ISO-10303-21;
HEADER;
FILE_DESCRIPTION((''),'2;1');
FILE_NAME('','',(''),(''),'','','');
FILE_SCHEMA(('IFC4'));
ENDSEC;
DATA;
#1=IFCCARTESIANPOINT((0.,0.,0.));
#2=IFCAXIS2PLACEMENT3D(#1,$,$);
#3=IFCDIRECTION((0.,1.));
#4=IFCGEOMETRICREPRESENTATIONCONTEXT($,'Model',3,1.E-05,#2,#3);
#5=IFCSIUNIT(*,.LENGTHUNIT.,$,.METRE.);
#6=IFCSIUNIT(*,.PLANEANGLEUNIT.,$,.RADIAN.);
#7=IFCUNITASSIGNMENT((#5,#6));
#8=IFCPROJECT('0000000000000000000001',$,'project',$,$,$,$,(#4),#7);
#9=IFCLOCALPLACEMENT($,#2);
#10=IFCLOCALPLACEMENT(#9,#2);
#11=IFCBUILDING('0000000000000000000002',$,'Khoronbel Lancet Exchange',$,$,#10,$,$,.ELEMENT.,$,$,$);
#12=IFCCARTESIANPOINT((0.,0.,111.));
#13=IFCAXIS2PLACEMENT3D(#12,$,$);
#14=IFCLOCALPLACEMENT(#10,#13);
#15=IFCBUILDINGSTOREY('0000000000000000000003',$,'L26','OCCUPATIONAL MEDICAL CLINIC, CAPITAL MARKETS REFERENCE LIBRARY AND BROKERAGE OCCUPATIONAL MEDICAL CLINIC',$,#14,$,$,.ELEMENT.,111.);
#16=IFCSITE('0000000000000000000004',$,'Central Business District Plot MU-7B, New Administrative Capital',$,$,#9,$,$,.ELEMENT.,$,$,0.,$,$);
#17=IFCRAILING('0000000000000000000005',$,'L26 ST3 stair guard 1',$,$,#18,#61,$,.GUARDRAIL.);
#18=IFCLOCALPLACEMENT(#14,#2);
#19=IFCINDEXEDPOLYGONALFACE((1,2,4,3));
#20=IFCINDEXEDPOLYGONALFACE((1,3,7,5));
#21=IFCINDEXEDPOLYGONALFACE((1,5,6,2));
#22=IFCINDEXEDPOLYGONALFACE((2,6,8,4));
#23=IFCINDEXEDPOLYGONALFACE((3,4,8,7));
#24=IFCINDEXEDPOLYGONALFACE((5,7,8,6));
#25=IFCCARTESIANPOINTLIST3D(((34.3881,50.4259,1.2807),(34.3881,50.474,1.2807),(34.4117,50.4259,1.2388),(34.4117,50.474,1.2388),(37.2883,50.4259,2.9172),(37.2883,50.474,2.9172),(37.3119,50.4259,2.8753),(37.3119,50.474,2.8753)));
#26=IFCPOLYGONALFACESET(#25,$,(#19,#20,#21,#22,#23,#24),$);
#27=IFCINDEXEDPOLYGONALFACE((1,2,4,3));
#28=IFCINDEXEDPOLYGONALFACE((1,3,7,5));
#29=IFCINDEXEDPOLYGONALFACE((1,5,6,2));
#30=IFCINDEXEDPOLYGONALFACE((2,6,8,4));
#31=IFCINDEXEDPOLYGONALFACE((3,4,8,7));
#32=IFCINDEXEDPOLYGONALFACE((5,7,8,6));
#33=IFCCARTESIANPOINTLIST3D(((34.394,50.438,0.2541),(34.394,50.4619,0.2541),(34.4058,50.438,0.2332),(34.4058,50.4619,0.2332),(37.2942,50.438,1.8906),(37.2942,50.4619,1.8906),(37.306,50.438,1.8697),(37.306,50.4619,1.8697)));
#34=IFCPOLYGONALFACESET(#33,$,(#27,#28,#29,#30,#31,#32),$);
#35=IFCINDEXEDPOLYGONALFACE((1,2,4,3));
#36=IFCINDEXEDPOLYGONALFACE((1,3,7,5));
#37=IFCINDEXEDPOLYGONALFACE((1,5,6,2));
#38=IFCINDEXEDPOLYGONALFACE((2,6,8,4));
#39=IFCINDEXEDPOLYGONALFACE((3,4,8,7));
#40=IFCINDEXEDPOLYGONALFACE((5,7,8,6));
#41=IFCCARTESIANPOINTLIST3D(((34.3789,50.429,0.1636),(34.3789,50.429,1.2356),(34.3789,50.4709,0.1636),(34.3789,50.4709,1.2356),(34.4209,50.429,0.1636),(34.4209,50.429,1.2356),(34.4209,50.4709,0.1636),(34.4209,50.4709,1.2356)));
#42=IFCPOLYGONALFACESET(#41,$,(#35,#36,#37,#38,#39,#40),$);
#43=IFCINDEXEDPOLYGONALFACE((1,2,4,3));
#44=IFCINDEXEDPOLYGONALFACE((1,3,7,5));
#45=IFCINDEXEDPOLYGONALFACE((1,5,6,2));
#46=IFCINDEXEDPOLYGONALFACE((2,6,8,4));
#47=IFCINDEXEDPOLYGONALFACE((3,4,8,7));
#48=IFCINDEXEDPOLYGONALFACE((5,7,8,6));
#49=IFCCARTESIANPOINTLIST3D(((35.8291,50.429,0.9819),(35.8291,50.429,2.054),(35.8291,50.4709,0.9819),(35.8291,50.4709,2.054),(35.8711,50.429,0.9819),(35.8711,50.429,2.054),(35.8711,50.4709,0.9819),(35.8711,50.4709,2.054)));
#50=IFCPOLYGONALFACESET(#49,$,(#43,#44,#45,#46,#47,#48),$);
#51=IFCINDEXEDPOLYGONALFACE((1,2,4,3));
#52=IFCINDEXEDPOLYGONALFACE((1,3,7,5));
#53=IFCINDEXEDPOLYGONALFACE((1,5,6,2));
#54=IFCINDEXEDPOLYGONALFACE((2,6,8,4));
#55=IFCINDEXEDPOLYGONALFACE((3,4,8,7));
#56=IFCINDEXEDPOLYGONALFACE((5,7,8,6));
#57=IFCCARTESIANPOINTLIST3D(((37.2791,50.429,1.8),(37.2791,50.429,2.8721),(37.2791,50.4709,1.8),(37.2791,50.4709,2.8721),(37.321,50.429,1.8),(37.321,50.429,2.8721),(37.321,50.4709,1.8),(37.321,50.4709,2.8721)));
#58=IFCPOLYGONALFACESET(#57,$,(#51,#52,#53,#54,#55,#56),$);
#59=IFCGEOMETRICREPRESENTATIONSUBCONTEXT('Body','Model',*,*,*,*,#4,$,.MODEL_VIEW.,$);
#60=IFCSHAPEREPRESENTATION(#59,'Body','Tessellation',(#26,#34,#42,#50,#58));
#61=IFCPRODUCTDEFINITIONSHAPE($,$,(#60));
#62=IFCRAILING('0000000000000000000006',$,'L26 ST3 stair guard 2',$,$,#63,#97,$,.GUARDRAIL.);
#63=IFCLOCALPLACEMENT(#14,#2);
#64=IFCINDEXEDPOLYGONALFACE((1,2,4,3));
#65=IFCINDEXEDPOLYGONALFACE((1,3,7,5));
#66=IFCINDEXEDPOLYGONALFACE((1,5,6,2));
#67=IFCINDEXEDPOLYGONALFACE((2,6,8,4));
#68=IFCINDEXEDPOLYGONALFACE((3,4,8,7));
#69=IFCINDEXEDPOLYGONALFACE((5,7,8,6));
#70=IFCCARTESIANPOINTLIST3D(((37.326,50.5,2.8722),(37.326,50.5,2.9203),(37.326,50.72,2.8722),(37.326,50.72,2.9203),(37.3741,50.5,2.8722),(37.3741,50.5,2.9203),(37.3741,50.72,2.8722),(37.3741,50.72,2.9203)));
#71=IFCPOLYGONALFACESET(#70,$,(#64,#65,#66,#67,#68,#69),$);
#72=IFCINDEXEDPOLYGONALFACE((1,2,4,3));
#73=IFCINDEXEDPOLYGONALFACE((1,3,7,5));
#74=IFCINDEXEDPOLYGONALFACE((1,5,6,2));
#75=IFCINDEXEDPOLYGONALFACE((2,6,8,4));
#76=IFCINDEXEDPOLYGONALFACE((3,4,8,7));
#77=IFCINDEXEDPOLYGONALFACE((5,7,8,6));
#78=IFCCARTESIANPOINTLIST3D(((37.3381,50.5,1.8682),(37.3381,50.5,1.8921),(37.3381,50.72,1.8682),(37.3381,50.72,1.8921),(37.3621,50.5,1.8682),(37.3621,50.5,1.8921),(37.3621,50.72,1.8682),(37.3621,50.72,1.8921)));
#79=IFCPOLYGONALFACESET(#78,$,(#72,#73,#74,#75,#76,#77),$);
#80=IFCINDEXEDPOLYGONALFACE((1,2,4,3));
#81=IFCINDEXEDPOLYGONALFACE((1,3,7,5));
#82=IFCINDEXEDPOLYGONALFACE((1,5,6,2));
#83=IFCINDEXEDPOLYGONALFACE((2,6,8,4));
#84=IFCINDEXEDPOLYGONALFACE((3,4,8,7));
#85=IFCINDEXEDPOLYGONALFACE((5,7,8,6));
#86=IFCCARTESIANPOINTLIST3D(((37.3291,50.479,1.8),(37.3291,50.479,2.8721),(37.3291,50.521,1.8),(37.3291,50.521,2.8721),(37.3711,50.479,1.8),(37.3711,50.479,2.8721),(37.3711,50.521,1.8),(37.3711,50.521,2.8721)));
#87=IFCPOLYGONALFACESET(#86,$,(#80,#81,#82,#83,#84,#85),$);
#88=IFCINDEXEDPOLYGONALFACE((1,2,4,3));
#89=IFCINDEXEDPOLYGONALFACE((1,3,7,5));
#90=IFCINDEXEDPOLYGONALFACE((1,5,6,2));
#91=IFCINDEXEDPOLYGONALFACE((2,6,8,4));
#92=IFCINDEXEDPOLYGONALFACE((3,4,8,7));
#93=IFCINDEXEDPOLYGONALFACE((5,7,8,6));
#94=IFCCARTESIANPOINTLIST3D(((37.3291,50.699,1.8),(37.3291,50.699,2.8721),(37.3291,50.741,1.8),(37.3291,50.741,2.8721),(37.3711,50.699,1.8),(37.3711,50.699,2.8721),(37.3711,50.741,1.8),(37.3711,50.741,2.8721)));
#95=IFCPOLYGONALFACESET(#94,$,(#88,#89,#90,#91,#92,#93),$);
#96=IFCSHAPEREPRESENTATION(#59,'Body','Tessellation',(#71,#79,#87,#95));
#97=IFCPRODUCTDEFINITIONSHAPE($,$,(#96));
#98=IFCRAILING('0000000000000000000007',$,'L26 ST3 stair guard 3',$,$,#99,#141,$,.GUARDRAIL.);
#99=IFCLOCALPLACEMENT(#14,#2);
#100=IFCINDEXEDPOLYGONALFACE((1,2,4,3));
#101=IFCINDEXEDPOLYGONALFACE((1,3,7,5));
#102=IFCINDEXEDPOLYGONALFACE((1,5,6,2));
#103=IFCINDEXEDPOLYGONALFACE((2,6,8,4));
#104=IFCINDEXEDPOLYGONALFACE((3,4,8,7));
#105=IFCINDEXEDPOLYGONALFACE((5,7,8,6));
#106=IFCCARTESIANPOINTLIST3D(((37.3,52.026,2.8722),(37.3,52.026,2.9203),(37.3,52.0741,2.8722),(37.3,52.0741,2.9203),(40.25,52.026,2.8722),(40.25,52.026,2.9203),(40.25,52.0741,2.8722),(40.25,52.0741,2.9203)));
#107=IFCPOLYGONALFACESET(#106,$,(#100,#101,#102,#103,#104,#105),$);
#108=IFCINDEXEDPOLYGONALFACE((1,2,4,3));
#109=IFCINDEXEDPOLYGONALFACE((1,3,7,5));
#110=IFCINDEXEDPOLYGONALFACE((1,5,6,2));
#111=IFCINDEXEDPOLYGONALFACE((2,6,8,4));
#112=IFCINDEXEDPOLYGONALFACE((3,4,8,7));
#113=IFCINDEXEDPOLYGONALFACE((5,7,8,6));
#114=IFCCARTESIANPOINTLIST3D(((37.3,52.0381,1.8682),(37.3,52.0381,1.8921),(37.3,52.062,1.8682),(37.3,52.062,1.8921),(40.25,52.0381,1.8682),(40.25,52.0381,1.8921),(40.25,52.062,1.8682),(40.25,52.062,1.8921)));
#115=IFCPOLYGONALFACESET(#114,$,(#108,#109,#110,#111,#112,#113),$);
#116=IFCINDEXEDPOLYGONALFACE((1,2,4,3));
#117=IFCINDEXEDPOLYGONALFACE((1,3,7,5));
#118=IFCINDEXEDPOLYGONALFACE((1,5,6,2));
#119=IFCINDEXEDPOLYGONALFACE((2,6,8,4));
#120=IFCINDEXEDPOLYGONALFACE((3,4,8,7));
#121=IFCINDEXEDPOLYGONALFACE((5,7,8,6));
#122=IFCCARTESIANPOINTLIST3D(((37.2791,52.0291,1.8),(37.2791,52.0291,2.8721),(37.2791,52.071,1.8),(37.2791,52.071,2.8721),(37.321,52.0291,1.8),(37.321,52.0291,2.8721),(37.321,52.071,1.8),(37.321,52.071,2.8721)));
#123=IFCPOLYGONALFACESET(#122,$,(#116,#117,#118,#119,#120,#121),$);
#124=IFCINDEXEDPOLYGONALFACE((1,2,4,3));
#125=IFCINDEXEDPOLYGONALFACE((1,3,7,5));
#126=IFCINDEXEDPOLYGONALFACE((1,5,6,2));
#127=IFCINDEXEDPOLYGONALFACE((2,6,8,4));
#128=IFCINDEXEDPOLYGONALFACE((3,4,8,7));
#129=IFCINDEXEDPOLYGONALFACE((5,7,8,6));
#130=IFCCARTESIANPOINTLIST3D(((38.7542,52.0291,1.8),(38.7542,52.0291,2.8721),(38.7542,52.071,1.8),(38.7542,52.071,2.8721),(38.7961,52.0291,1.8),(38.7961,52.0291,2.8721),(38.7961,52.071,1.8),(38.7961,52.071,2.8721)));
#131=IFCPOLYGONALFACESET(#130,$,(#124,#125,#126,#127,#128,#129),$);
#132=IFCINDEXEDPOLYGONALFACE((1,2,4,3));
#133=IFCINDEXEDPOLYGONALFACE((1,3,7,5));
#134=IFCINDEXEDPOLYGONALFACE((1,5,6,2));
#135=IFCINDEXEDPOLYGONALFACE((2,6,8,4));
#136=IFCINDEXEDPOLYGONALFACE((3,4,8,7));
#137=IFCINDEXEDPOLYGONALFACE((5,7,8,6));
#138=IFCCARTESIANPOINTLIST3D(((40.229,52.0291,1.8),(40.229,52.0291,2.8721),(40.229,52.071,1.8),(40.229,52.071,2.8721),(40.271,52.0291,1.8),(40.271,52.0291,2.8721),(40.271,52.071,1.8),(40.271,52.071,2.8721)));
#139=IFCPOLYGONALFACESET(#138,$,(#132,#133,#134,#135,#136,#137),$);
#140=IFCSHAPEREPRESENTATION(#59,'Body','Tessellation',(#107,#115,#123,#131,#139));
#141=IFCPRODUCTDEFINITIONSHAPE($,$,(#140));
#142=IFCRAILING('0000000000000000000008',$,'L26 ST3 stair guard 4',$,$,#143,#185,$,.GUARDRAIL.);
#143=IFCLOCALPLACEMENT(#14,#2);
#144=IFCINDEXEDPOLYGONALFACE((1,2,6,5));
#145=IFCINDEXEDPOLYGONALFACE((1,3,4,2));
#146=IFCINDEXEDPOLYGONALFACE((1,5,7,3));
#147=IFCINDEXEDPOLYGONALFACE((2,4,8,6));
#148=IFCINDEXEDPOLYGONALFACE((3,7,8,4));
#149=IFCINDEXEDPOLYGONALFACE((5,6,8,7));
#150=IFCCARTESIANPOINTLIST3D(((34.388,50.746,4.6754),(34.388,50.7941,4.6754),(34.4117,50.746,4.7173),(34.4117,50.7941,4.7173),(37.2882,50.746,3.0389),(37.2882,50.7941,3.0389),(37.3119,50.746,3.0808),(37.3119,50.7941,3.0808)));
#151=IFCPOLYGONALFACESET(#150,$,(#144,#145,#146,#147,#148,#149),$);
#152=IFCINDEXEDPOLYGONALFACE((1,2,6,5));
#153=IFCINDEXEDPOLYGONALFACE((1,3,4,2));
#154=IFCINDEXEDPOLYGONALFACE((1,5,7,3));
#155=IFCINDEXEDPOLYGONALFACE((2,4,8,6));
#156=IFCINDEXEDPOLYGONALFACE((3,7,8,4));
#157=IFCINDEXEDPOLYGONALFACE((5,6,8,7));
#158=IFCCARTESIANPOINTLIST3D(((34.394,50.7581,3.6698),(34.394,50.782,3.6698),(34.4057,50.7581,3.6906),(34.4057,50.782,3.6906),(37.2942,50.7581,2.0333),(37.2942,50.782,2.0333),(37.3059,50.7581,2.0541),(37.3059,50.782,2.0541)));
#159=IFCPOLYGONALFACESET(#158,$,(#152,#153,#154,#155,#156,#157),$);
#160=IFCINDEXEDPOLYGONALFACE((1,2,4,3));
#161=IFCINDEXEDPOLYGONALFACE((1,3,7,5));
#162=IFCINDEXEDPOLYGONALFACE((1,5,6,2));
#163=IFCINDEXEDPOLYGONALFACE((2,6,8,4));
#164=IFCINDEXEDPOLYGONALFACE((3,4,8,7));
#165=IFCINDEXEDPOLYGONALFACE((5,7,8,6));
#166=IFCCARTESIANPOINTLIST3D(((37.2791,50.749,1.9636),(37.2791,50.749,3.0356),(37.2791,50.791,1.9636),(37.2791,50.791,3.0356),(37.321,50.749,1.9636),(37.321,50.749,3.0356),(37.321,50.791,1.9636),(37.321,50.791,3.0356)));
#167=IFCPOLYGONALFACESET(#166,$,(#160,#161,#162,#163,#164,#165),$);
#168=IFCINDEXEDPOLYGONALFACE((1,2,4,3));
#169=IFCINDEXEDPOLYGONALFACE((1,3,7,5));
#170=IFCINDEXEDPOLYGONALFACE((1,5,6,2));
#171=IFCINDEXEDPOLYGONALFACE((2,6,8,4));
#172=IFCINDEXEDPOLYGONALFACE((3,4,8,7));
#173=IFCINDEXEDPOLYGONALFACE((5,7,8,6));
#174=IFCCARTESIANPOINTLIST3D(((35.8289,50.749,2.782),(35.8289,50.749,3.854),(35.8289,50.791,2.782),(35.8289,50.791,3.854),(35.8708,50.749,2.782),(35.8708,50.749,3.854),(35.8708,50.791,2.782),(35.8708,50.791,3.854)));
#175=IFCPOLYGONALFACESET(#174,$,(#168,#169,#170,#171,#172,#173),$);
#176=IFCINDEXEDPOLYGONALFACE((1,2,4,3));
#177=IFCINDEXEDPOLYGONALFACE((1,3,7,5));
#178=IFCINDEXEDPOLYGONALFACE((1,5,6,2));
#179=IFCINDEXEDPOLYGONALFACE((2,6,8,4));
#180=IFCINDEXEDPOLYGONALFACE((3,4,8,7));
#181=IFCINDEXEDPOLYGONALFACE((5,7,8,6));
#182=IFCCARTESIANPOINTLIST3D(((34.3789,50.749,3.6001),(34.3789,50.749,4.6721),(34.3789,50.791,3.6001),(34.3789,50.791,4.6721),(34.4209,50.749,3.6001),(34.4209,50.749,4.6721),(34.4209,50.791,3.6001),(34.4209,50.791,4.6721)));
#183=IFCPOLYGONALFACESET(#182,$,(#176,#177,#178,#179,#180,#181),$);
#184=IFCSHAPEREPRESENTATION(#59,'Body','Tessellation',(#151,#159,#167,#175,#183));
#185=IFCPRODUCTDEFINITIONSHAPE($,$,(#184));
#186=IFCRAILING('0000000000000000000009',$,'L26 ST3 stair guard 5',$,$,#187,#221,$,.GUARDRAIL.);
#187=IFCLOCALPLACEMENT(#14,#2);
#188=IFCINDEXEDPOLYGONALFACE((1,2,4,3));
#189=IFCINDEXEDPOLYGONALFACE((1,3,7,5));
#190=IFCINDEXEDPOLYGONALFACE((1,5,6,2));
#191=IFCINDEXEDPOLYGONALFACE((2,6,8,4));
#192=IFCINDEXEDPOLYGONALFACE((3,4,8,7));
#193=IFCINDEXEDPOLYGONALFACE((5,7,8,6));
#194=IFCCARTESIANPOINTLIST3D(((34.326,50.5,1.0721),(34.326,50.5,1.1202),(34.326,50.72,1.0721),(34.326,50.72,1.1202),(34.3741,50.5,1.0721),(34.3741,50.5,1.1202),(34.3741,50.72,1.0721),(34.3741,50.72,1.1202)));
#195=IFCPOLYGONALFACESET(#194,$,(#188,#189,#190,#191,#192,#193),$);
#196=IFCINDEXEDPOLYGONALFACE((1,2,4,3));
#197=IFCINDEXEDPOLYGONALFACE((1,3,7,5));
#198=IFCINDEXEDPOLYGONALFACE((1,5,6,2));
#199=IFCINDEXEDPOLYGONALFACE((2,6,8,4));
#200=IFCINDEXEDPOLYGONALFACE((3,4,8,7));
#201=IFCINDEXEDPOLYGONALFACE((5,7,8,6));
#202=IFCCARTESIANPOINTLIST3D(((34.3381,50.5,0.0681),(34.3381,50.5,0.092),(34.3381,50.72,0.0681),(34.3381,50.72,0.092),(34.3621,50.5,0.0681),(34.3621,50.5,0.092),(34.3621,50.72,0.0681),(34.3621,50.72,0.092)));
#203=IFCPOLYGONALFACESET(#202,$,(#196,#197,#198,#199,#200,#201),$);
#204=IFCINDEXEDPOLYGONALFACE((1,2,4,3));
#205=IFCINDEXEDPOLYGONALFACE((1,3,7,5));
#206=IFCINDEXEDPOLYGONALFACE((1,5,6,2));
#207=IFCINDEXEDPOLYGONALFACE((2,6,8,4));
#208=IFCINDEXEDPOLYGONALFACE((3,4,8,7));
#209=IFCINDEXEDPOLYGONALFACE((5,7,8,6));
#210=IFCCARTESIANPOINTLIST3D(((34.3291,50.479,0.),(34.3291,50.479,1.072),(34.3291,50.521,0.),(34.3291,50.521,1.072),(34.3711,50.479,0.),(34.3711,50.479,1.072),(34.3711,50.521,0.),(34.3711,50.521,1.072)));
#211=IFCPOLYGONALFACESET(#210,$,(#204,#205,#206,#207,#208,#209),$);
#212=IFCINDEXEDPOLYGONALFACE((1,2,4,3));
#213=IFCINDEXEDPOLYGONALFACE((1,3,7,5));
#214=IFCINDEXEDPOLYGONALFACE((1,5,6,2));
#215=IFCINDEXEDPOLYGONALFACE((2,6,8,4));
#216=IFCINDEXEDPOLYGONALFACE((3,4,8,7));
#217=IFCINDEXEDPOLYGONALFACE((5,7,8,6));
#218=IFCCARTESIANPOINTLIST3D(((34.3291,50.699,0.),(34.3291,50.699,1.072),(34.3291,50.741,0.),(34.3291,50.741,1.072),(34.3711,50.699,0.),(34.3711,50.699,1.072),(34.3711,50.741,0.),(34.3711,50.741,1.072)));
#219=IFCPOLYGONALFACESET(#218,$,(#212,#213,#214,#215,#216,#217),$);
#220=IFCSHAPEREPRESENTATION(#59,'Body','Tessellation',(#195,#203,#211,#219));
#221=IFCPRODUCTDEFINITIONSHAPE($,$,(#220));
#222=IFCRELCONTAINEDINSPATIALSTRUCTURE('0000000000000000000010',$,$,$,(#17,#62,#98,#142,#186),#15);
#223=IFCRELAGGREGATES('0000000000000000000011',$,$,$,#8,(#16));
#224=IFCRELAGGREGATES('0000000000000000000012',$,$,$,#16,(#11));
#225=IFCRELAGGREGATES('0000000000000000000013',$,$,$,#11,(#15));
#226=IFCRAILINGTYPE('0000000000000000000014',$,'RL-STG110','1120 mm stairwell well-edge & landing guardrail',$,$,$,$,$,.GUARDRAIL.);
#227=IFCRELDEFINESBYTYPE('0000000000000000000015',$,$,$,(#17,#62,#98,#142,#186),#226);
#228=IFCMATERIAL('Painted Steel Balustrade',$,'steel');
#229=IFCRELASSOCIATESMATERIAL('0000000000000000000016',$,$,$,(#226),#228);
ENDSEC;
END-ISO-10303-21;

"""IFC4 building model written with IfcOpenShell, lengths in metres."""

from ifc_helpers import new_model, si_unit, direction, frame, origin, origin_2d, place, context, subcontext, project, spatial, rectangle, extrude, material, type_object, element, save


model = new_model("IFC4")

# Units and contexts
model_context = context("Model", 3, precision=1e-05, world=origin(), true_north=direction((0.0, 1.0)))
body_context = subcontext(model_context, "Body", "Model", "MODEL_VIEW")
ifc_project = project(units=[si_unit("LENGTHUNIT", "METRE"), si_unit("PLANEANGLEUNIT", "RADIAN")], contexts=[model_context])

# Site, building, storey
site_placement = place(None, origin())
site = spatial("IfcSite", under=ifc_project, at=site_placement, Name="Central Business District Plot MU-7B, New Administrative Capital", CompositionType="ELEMENT", RefElevation=0.0)
building_placement = place(site_placement, origin())
building = spatial("IfcBuilding", under=site, at=building_placement, Name="Khoronbel Lancet Exchange", CompositionType="ELEMENT")
storey_placement = place(building_placement, frame((0.0, 0.0, 111.0)))
storey = spatial("IfcBuildingStorey", under=building, at=storey_placement, Name="L26", Description="OCCUPATIONAL MEDICAL CLINIC, CAPITAL MARKETS REFERENCE LIBRARY AND BROKERAGE OCCUPATIONAL MEDICAL CLINIC", CompositionType="ELEMENT", Elevation=111.0)

# Railings
ifc_material_1 = material(Name="Painted Steel Balustrade", Category="steel")
railing_type_1 = type_object("IfcRailingType", Name="RL-STG110", Description="1120 mm stairwell well-edge & landing guardrail", PredefinedType="GUARDRAIL", material=ifc_material_1)
railing_1_placement = place(storey_placement, frame((34.3999, 50.45, 0.1636)))
element("IfcRailing", 1, at=railing_1_placement, inside=storey, type_object=railing_type_1, Name="L26 ST3 stair guard 1", PredefinedType="GUARDRAIL", context=body_context, shape_type="SweptSolid", body=[
    extrude(rectangle(XDim=0.0481, YDim=0.0481, at=origin_2d()), frame((0.0, 0.0, 1.0962), z_axis=(0.870915, 0.0, 0.491434), x_axis=(0.0, 1.0, 0.0)), (0.0, 0.0, 1.0), 3.3301),
    extrude(rectangle(XDim=0.0239, YDim=0.0239, at=origin_2d()), frame((0.0, 0.0, 0.0801), z_axis=(0.870915, 0.0, 0.491434), x_axis=(0.0, 1.0, 0.0)), (0.0, 0.0, 1.0), 3.3301),
    extrude(rectangle(XDim=0.042, YDim=0.042, at=origin_2d()), origin(), (0.0, 0.0, 1.0), 1.072),
    extrude(rectangle(XDim=0.042, YDim=0.042, at=origin_2d()), frame((1.4502, 0.0, 0.8184)), (0.0, 0.0, 1.0), 1.072),
    extrude(rectangle(XDim=0.042, YDim=0.042, at=origin_2d()), frame((2.9001, 0.0, 1.6365)), (0.0, 0.0, 1.0), 1.072),
])
railing_2_placement = place(storey_placement, frame((37.3501, 50.5, 1.8)))
element("IfcRailing", 2, at=railing_2_placement, inside=storey, type_object=railing_type_1, Name="L26 ST3 stair guard 2", PredefinedType="GUARDRAIL", context=body_context, shape_type="SweptSolid", body=[
    extrude(rectangle(XDim=0.0481, YDim=0.0481, at=origin_2d()), frame((0.0, 0.0, 1.0962), z_axis=(0.0, 1.0, 0.0), x_axis=(-1.0, 0.0, 0.0)), (0.0, 0.0, 1.0), 0.22),
    extrude(rectangle(XDim=0.0239, YDim=0.0239, at=origin_2d()), frame((0.0, 0.0, 0.0801), z_axis=(0.0, 1.0, 0.0), x_axis=(-1.0, 0.0, 0.0)), (0.0, 0.0, 1.0), 0.22),
    extrude(rectangle(XDim=0.042, YDim=0.042, at=origin_2d()), origin(), (0.0, 0.0, 1.0), 1.072),
    extrude(rectangle(XDim=0.042, YDim=0.042, at=origin_2d()), frame((0.0, 0.22, 0.0)), (0.0, 0.0, 1.0), 1.072),
])
railing_3_placement = place(storey_placement, frame((37.3, 52.05, 1.8)))
element("IfcRailing", 3, at=railing_3_placement, inside=storey, type_object=railing_type_1, Name="L26 ST3 stair guard 3", PredefinedType="GUARDRAIL", context=body_context, shape_type="SweptSolid", body=[
    extrude(rectangle(XDim=0.0481, YDim=0.0481, at=origin_2d()), frame((0.0, 0.0, 1.0962), z_axis=(1.0, 0.0, 0.0), x_axis=(0.0, 1.0, 0.0)), (0.0, 0.0, 1.0), 2.95),
    extrude(rectangle(XDim=0.0239, YDim=0.0239, at=origin_2d()), frame((0.0, 0.0, 0.0801), z_axis=(1.0, 0.0, 0.0), x_axis=(0.0, 1.0, 0.0)), (0.0, 0.0, 1.0), 2.95),
    extrude(rectangle(XDim=0.042, YDim=0.042, at=origin_2d()), origin(), (0.0, 0.0, 1.0), 1.072),
    extrude(rectangle(XDim=0.042, YDim=0.042, at=origin_2d()), frame((1.4751, 0.0, 0.0)), (0.0, 0.0, 1.0), 1.072),
    extrude(rectangle(XDim=0.042, YDim=0.042, at=origin_2d()), frame((2.95, 0.0, 0.0)), (0.0, 0.0, 1.0), 1.072),
])
railing_4_placement = place(storey_placement, frame((37.3, 50.77, 1.9636)))
element("IfcRailing", 4, at=railing_4_placement, inside=storey, type_object=railing_type_1, Name="L26 ST3 stair guard 4", PredefinedType="GUARDRAIL", context=body_context, shape_type="SweptSolid", body=[
    extrude(rectangle(XDim=0.0481, YDim=0.0481, at=origin_2d()), frame((0.0, 0.0, 1.0962), z_axis=(-0.870915, 0.0, 0.491434), x_axis=(0.0, -1.0, 0.0)), (0.0, 0.0, 1.0), 3.3301),
    extrude(rectangle(XDim=0.0239, YDim=0.0239, at=origin_2d()), frame((0.0, 0.0, 0.0801), z_axis=(-0.870915, 0.0, 0.491434), x_axis=(0.0, -1.0, 0.0)), (0.0, 0.0, 1.0), 3.3301),
    extrude(rectangle(XDim=0.042, YDim=0.042, at=origin_2d()), origin(), (0.0, 0.0, 1.0), 1.072),
    extrude(rectangle(XDim=0.042, YDim=0.042, at=origin_2d()), frame((-1.4502, 0.0, 0.8184)), (0.0, 0.0, 1.0), 1.072),
    extrude(rectangle(XDim=0.042, YDim=0.042, at=origin_2d()), frame((-2.9001, 0.0, 1.6365)), (0.0, 0.0, 1.0), 1.072),
])
railing_5_placement = place(storey_placement, frame((34.3501, 50.5, 0.0)))
element("IfcRailing", 5, at=railing_5_placement, inside=storey, type_object=railing_type_1, Name="L26 ST3 stair guard 5", PredefinedType="GUARDRAIL", context=body_context, shape_type="SweptSolid", body=[
    extrude(rectangle(XDim=0.0481, YDim=0.0481, at=origin_2d()), frame((0.0, 0.0, 1.0962), z_axis=(0.0, 1.0, 0.0), x_axis=(-1.0, 0.0, 0.0)), (0.0, 0.0, 1.0), 0.22),
    extrude(rectangle(XDim=0.0239, YDim=0.0239, at=origin_2d()), frame((0.0, 0.0, 0.0801), z_axis=(0.0, 1.0, 0.0), x_axis=(-1.0, 0.0, 0.0)), (0.0, 0.0, 1.0), 0.22),
    extrude(rectangle(XDim=0.042, YDim=0.042, at=origin_2d()), origin(), (0.0, 0.0, 1.0), 1.072),
    extrude(rectangle(XDim=0.042, YDim=0.042, at=origin_2d()), frame((0.0, 0.22, 0.0)), (0.0, 0.0, 1.0), 1.072),
])

save(model, "model.ifc")
